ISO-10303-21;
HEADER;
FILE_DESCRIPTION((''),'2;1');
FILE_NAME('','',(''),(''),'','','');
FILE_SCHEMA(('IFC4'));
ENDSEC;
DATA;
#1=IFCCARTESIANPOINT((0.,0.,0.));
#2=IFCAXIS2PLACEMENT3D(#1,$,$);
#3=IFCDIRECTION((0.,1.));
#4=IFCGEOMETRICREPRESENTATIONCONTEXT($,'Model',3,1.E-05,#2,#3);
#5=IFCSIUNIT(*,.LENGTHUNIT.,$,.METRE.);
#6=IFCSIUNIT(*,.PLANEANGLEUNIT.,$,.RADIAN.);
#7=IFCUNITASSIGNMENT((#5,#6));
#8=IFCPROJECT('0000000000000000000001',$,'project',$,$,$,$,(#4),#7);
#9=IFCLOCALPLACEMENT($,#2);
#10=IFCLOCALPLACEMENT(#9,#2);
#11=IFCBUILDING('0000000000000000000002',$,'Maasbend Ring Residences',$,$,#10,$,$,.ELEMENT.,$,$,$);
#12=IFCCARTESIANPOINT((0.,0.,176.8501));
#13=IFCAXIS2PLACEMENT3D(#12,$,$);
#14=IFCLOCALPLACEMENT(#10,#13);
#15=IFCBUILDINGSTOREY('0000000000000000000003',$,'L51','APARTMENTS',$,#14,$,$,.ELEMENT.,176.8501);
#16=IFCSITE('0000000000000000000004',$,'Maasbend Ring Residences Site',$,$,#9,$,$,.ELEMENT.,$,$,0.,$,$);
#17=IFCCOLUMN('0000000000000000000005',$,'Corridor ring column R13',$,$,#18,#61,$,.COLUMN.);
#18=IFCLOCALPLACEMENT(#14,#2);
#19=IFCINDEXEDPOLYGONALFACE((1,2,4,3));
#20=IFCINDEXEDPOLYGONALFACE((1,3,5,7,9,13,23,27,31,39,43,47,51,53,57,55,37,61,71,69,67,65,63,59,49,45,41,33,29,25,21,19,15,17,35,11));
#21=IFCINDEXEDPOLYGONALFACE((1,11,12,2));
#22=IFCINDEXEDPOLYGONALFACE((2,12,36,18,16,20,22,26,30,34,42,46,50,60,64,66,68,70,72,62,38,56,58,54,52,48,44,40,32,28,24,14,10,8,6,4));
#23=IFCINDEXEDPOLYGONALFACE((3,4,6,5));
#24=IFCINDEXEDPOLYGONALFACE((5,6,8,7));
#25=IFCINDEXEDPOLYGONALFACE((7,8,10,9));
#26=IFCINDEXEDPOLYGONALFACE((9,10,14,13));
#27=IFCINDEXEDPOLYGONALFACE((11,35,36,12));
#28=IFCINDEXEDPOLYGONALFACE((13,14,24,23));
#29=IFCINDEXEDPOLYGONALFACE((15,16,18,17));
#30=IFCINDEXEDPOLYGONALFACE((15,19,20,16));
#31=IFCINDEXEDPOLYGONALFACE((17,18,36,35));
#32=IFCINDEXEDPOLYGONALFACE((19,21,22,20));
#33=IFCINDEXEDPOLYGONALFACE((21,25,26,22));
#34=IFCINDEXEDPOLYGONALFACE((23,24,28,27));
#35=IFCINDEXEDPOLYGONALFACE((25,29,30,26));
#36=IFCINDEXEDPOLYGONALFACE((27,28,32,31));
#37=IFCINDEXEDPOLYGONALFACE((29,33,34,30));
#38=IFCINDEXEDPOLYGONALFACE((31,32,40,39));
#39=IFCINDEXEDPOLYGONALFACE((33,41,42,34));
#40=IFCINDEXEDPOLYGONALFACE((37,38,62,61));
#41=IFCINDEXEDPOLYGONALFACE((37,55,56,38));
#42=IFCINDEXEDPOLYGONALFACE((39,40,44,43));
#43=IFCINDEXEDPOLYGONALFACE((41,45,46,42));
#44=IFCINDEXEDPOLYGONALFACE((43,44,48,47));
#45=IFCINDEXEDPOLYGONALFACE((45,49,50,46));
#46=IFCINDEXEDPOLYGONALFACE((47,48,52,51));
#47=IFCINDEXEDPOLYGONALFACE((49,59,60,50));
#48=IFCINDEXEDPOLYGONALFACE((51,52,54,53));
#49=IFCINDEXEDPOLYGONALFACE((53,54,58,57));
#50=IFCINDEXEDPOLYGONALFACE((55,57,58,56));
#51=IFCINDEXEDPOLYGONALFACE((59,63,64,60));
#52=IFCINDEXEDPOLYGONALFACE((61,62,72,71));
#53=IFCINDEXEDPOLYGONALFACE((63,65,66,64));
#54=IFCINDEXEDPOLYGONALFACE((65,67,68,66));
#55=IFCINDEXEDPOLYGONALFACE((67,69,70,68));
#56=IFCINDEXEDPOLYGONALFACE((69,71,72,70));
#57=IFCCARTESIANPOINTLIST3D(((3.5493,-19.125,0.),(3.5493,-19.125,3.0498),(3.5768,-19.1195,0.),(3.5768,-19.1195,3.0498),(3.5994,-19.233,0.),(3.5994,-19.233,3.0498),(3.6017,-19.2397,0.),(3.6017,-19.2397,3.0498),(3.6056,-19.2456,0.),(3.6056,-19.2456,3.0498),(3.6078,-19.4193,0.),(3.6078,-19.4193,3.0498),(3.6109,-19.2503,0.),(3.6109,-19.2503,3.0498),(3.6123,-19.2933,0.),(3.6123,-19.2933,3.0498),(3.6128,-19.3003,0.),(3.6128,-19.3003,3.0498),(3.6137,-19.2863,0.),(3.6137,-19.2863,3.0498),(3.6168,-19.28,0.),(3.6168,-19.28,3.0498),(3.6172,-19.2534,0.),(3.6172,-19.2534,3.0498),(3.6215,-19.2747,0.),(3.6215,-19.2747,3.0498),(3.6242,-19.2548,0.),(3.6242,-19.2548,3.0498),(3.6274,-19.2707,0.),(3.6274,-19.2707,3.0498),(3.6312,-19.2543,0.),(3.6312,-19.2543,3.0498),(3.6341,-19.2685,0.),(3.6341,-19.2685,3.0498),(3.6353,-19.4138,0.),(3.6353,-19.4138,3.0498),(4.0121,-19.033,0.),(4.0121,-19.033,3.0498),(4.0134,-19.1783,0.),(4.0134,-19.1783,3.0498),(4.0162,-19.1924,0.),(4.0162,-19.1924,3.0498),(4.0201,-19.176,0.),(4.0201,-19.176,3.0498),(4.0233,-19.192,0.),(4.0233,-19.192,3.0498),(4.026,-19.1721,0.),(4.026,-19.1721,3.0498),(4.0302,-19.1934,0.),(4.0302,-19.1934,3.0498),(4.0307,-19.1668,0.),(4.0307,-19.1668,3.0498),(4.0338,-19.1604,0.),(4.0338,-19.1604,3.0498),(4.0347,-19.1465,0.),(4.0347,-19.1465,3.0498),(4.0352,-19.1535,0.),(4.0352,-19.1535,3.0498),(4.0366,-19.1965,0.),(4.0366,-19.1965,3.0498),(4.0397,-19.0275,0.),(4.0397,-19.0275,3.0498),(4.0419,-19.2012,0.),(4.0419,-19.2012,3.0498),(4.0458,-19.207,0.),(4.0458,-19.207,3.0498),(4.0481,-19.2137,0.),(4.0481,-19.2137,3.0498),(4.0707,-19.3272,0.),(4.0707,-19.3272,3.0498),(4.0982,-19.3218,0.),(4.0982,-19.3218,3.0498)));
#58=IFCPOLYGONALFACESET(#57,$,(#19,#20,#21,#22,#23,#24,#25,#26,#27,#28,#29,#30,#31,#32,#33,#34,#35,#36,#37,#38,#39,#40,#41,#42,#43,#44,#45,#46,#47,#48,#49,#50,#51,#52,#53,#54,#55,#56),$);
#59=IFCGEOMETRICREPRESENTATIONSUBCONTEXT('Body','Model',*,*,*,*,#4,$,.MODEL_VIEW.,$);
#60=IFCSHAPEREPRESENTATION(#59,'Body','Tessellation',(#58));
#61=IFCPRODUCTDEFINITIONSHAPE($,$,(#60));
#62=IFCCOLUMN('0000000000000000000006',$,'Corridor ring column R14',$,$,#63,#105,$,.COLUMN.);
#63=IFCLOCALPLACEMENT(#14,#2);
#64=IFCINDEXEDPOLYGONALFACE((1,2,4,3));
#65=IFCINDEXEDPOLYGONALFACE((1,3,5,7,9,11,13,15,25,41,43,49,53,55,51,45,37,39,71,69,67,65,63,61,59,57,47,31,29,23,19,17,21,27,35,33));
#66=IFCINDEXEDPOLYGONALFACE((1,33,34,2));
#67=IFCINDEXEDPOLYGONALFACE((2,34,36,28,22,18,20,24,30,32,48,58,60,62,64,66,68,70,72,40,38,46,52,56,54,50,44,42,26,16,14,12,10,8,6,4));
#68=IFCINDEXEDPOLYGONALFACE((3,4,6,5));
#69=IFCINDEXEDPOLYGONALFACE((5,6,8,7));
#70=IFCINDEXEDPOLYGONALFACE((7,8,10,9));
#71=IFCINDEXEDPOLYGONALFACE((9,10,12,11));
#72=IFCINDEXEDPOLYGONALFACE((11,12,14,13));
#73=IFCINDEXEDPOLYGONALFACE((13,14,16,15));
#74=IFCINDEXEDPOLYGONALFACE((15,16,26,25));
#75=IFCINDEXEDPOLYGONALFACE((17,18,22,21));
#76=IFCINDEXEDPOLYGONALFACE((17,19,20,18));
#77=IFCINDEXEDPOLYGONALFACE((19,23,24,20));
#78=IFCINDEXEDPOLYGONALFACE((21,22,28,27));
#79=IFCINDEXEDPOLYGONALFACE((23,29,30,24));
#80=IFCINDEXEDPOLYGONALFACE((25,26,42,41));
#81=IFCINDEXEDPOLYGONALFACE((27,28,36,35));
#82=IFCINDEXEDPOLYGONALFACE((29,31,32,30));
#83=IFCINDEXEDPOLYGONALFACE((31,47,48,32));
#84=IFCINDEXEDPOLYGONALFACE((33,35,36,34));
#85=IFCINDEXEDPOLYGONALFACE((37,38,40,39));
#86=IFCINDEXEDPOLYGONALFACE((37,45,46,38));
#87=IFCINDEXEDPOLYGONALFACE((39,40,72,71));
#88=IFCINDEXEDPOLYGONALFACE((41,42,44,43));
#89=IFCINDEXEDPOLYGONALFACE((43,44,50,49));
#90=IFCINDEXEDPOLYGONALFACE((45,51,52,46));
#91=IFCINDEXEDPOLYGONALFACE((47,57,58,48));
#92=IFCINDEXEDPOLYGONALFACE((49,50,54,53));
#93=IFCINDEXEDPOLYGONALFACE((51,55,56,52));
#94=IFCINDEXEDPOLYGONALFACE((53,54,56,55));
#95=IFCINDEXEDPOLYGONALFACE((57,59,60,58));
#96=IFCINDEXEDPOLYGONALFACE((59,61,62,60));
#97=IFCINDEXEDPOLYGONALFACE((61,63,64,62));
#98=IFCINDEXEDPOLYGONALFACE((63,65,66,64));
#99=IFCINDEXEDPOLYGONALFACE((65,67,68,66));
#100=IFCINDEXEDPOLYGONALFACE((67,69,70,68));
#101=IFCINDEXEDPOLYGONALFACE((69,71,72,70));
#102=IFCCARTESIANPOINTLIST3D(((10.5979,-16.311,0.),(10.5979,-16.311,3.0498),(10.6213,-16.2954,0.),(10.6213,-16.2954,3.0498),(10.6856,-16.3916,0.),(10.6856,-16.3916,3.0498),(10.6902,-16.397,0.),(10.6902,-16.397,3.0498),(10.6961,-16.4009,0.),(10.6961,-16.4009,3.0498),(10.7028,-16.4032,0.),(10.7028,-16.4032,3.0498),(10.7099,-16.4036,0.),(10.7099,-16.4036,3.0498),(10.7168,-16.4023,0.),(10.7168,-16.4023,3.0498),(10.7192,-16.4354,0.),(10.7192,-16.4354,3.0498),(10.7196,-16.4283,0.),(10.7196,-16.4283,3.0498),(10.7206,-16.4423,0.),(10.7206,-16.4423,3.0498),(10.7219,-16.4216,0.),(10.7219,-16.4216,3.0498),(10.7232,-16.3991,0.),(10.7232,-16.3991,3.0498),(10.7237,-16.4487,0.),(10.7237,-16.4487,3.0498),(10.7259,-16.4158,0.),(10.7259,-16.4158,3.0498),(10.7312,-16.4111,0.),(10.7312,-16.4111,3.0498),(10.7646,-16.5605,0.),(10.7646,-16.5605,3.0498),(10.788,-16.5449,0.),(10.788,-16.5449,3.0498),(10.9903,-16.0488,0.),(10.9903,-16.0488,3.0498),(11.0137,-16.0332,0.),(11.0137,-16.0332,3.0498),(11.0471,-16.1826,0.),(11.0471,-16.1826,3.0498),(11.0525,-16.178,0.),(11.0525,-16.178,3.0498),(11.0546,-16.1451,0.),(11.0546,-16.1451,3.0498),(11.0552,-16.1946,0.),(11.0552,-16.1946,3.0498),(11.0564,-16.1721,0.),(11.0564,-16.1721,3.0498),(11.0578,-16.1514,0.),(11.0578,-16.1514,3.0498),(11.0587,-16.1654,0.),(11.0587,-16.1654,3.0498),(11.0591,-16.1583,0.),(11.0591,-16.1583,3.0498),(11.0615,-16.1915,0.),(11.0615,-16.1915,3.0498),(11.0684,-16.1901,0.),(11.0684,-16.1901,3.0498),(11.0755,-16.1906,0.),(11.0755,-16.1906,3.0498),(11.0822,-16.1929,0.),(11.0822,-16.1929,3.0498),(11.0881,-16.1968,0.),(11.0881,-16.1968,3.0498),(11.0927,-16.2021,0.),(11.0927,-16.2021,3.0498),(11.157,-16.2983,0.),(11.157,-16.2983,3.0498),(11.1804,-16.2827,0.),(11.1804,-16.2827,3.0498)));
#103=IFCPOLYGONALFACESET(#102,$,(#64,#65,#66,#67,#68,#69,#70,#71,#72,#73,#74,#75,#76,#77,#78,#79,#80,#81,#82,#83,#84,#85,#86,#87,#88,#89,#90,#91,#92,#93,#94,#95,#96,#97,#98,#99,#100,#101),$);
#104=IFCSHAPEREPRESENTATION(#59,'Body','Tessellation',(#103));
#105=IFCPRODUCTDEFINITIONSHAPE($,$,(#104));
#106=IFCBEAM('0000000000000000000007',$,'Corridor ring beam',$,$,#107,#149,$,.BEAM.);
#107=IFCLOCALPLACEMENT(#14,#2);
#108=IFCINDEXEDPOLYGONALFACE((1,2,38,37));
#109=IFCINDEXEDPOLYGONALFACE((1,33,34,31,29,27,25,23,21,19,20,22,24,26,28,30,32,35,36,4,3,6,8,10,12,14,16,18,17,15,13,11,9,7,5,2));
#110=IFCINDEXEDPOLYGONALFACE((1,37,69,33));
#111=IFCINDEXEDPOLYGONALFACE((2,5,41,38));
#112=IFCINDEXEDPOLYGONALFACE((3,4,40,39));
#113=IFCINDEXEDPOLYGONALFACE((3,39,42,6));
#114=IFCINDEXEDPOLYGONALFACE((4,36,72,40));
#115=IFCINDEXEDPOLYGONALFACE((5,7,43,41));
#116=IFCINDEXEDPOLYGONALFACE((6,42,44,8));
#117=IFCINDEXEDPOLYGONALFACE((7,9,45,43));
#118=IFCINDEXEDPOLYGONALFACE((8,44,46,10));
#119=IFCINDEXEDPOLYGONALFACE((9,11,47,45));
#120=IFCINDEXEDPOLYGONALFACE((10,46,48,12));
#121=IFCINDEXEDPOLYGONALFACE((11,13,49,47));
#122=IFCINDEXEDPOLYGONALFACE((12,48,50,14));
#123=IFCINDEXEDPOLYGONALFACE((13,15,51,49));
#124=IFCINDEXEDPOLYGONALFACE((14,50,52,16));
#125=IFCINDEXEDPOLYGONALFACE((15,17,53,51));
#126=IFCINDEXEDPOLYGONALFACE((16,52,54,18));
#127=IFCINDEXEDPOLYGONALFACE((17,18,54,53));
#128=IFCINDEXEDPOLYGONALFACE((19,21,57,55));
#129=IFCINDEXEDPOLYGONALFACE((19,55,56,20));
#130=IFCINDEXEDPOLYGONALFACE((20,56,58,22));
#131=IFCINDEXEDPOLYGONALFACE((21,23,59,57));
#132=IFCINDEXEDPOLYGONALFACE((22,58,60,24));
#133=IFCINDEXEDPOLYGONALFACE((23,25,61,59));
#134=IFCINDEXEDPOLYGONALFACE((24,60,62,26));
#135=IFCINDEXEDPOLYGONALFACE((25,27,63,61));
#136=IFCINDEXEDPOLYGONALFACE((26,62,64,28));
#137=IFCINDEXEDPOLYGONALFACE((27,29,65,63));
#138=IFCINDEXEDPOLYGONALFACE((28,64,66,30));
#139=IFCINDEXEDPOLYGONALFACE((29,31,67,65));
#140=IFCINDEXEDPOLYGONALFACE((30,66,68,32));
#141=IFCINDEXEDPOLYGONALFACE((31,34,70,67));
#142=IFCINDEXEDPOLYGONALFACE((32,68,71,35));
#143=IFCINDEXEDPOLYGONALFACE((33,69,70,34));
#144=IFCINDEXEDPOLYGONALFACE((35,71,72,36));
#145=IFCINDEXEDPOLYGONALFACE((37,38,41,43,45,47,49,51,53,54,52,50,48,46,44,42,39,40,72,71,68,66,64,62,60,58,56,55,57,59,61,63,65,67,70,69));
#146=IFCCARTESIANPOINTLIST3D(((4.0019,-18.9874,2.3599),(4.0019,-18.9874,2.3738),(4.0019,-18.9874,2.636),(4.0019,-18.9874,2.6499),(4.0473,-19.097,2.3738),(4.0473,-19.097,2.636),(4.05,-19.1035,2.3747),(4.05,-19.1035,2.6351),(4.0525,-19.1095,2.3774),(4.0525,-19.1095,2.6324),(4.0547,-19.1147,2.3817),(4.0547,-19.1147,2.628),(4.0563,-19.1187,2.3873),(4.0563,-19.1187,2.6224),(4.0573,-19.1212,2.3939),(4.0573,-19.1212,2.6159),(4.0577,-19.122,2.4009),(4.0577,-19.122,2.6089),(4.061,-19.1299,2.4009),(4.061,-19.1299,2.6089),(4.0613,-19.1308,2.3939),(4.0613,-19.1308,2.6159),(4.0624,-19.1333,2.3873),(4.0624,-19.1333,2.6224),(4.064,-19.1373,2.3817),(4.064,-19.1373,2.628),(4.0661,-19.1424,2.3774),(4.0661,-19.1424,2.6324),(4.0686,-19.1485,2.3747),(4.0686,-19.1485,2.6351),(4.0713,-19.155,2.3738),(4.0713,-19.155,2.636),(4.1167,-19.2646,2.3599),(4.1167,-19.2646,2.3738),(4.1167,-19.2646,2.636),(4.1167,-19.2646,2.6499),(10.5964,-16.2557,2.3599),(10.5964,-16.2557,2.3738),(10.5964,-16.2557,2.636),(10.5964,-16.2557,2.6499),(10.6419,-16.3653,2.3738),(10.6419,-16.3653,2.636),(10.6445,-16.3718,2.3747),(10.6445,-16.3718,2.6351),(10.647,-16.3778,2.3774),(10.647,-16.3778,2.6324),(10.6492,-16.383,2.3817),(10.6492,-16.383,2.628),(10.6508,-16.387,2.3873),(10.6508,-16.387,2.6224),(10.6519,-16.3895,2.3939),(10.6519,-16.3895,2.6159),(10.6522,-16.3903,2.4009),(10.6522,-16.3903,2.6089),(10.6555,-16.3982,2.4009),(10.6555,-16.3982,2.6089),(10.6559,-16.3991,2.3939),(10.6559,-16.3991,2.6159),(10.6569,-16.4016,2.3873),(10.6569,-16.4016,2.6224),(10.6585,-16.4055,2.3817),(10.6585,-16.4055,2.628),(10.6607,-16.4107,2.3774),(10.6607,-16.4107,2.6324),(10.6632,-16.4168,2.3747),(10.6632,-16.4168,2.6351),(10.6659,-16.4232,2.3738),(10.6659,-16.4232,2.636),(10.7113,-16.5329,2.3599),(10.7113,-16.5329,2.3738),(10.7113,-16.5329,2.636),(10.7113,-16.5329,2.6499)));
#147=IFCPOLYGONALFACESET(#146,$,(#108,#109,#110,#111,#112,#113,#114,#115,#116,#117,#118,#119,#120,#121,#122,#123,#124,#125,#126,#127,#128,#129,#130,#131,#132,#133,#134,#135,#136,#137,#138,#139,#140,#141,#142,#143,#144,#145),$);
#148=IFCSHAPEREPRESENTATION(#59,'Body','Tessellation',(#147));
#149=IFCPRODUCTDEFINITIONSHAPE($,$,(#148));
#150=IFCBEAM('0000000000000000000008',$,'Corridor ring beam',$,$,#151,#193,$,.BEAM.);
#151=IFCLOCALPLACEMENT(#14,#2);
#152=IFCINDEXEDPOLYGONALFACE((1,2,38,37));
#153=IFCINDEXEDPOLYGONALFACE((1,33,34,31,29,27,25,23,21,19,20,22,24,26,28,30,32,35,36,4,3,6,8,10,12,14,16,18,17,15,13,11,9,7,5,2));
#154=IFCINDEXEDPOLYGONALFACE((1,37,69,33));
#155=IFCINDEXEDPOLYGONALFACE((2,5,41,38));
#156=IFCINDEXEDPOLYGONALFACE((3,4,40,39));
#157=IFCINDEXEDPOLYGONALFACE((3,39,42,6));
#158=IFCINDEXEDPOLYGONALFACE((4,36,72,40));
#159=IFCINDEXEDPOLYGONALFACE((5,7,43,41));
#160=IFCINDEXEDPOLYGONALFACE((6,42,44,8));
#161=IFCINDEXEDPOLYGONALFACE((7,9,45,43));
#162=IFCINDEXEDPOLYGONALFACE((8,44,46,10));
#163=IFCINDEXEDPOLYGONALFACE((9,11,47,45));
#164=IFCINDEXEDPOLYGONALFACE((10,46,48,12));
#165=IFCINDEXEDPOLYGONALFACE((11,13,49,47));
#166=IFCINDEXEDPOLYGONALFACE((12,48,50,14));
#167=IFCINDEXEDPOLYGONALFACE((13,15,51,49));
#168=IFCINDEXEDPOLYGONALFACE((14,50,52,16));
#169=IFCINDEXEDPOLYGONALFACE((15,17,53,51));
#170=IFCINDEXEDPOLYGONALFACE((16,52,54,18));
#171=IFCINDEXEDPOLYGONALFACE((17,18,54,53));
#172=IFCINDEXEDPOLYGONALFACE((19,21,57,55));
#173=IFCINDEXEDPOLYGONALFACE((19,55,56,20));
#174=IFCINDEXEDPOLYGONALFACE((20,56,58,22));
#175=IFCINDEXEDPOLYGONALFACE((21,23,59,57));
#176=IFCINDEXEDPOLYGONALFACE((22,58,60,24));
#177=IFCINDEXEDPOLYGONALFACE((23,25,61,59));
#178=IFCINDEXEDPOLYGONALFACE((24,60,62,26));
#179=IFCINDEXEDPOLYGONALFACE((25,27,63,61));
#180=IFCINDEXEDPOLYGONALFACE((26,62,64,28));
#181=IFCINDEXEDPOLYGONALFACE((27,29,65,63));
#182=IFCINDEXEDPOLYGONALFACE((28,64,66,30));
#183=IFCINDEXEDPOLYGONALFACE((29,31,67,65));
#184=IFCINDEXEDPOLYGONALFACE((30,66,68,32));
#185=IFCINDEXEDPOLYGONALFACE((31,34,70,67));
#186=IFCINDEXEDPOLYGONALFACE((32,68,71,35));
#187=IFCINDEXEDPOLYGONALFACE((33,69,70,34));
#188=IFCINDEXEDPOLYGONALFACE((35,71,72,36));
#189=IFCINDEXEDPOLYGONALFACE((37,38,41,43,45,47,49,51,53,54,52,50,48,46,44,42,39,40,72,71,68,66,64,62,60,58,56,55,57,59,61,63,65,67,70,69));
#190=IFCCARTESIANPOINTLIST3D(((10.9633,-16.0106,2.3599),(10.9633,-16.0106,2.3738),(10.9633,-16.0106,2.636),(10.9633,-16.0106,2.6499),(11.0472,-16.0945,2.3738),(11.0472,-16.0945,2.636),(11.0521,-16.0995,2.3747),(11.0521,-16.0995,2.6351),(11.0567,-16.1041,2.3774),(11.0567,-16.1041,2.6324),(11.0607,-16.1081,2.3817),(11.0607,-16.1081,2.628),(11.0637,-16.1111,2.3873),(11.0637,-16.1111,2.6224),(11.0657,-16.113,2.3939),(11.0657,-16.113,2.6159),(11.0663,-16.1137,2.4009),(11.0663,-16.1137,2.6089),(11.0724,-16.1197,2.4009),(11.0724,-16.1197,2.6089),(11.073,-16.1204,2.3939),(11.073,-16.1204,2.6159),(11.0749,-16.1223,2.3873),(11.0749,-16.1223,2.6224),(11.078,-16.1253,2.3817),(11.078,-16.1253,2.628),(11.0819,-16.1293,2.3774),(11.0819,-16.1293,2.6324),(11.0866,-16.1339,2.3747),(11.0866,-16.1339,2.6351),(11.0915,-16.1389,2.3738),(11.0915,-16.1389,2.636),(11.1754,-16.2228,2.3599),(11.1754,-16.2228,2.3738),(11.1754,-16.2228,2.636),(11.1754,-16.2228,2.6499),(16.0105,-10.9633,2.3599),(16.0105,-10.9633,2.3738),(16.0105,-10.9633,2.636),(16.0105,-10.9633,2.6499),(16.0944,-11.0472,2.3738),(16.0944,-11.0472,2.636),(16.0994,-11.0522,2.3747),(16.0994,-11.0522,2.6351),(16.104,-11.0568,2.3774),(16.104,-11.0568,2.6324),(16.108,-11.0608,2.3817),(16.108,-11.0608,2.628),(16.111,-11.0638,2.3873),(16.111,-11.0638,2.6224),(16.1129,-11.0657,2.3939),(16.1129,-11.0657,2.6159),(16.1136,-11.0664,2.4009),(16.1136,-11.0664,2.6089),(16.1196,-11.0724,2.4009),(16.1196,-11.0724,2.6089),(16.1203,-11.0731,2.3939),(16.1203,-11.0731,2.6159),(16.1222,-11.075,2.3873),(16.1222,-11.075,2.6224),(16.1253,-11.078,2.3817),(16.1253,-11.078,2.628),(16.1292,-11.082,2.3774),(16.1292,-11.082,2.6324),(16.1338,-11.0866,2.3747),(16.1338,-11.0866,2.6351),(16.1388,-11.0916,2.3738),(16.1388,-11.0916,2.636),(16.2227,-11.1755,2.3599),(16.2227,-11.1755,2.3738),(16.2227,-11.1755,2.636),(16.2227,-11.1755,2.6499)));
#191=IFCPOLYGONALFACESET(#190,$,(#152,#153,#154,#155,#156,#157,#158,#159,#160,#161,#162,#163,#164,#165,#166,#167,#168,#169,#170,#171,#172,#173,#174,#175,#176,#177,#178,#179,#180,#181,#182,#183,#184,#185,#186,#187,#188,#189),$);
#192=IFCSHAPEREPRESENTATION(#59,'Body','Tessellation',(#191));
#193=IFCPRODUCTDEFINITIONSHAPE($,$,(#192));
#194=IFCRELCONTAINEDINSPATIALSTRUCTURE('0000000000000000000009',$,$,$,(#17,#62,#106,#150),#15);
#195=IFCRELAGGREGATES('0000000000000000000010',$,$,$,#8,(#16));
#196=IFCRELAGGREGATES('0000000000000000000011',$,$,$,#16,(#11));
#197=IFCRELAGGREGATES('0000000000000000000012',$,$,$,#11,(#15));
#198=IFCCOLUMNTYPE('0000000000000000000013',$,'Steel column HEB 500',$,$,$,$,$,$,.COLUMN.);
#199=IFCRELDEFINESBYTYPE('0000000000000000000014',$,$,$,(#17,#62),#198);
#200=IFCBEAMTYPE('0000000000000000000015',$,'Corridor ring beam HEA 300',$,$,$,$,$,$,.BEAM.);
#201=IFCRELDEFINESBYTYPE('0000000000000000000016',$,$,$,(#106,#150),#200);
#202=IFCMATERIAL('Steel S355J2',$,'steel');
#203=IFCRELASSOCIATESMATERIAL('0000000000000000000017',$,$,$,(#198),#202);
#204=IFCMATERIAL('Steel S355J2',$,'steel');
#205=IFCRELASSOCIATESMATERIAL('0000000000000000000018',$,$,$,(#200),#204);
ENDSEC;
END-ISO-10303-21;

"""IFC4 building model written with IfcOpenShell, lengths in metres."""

from ifc_helpers import new_model, si_unit, direction, frame, origin, origin_2d, place, context, subcontext, project, spatial, i_section, extrude, material, material_profile, profile_set, type_object, element, save


model = new_model("IFC4")

# Units and contexts
model_context = context("Model", 3, precision=1e-05, world=origin(), true_north=direction((0.0, 1.0)))
body_context = subcontext(model_context, "Body", "Model", "MODEL_VIEW")
ifc_project = project(units=[si_unit("LENGTHUNIT", "METRE"), si_unit("PLANEANGLEUNIT", "RADIAN")], contexts=[model_context])

# Site, building, storey
site_placement = place(None, origin())
site = spatial("IfcSite", under=ifc_project, at=site_placement, Name="Maasbend Ring Residences Site", CompositionType="ELEMENT", RefElevation=0.0)
building_placement = place(site_placement, origin())
building = spatial("IfcBuilding", under=site, at=building_placement, Name="Maasbend Ring Residences", CompositionType="ELEMENT")
storey_placement = place(building_placement, frame((0.0, 0.0, 176.8501)))
storey = spatial("IfcBuildingStorey", under=building, at=storey_placement, Name="L51", Description="APARTMENTS", CompositionType="ELEMENT", Elevation=176.8501)

# Columns
ifc_material_1 = material(Name="Steel S355J2", Category="steel")
ifc_material_profile_1 = material_profile(ifc_material_1, i_section(OverallWidth=0.3, OverallDepth=0.5, WebThickness=0.0144, FlangeThickness=0.0281, FilletRadius=0.0271, at=origin_2d()), Name="HEB 500")
ifc_profile_set_1 = profile_set([ifc_material_profile_1], Name="Steel S355J2")
column_type = type_object("IfcColumnType", Name="Steel column HEB 500", PredefinedType="COLUMN", material=ifc_profile_set_1)
for number, where, z_axis, x_axis, name in (
    (1, (3.8237, -19.2234, 0.0), (0.0, 0.0, 1.0), (0.19509, -0.980785, 0.0), "Corridor ring column R13"),
    (2, (10.8892, -16.2969, 0.0), (0.0, 0.0, 1.0), (0.55557, -0.83147, 0.0), "Corridor ring column R14"),
):
    element("IfcColumn", number, at=place(storey_placement, frame(where, z_axis=z_axis, x_axis=x_axis)), inside=storey, type_object=column_type, Name=name, PredefinedType="COLUMN", context=body_context, shape_type="SweptSolid", body=[
        extrude(i_section(OverallWidth=0.3, OverallDepth=0.5, WebThickness=0.0144, FlangeThickness=0.0281, FilletRadius=0.0271, at=origin_2d()), origin(), (0.0, 0.0, 1.0), 3.0498),
    ])

# Beams
ifc_material_2 = material(Name="Steel S355J2", Category="steel")
ifc_material_profile_2 = material_profile(ifc_material_2, i_section(OverallWidth=0.3, OverallDepth=0.29, WebThickness=0.0085, FlangeThickness=0.0139, FilletRadius=0.0271, at=origin_2d()), Name="HEA 300")
ifc_profile_set_2 = profile_set([ifc_material_profile_2], Name="Steel S355J2")
beam_type = type_object("IfcBeamType", Name="Corridor ring beam HEA 300", PredefinedType="BEAM", material=ifc_profile_set_2)
for number, where, z_axis, x_axis, name in (
    (3, (4.0593, -19.126, 2.5049), (0.923871, 0.382703, 0.0), (-0.382703, 0.923871, 0.0), "Corridor ring beam"),
    (4, (11.0693, -16.1167, 2.5049), (0.707107, 0.707107, 0.0), (-0.707107, 0.707107, 0.0), "Corridor ring beam"),
):
    element("IfcBeam", number, at=place(storey_placement, frame(where, z_axis=z_axis, x_axis=x_axis)), inside=storey, type_object=beam_type, Name=name, PredefinedType="BEAM", context=body_context, shape_type="SweptSolid", body=[
        extrude(i_section(OverallWidth=0.3, OverallDepth=0.29, WebThickness=0.0085, FlangeThickness=0.0139, FilletRadius=0.0271, at=origin_2d()), origin(), (0.0, 0.0, 1.0), 7.1379),
    ])

save(model, "model.ifc")
